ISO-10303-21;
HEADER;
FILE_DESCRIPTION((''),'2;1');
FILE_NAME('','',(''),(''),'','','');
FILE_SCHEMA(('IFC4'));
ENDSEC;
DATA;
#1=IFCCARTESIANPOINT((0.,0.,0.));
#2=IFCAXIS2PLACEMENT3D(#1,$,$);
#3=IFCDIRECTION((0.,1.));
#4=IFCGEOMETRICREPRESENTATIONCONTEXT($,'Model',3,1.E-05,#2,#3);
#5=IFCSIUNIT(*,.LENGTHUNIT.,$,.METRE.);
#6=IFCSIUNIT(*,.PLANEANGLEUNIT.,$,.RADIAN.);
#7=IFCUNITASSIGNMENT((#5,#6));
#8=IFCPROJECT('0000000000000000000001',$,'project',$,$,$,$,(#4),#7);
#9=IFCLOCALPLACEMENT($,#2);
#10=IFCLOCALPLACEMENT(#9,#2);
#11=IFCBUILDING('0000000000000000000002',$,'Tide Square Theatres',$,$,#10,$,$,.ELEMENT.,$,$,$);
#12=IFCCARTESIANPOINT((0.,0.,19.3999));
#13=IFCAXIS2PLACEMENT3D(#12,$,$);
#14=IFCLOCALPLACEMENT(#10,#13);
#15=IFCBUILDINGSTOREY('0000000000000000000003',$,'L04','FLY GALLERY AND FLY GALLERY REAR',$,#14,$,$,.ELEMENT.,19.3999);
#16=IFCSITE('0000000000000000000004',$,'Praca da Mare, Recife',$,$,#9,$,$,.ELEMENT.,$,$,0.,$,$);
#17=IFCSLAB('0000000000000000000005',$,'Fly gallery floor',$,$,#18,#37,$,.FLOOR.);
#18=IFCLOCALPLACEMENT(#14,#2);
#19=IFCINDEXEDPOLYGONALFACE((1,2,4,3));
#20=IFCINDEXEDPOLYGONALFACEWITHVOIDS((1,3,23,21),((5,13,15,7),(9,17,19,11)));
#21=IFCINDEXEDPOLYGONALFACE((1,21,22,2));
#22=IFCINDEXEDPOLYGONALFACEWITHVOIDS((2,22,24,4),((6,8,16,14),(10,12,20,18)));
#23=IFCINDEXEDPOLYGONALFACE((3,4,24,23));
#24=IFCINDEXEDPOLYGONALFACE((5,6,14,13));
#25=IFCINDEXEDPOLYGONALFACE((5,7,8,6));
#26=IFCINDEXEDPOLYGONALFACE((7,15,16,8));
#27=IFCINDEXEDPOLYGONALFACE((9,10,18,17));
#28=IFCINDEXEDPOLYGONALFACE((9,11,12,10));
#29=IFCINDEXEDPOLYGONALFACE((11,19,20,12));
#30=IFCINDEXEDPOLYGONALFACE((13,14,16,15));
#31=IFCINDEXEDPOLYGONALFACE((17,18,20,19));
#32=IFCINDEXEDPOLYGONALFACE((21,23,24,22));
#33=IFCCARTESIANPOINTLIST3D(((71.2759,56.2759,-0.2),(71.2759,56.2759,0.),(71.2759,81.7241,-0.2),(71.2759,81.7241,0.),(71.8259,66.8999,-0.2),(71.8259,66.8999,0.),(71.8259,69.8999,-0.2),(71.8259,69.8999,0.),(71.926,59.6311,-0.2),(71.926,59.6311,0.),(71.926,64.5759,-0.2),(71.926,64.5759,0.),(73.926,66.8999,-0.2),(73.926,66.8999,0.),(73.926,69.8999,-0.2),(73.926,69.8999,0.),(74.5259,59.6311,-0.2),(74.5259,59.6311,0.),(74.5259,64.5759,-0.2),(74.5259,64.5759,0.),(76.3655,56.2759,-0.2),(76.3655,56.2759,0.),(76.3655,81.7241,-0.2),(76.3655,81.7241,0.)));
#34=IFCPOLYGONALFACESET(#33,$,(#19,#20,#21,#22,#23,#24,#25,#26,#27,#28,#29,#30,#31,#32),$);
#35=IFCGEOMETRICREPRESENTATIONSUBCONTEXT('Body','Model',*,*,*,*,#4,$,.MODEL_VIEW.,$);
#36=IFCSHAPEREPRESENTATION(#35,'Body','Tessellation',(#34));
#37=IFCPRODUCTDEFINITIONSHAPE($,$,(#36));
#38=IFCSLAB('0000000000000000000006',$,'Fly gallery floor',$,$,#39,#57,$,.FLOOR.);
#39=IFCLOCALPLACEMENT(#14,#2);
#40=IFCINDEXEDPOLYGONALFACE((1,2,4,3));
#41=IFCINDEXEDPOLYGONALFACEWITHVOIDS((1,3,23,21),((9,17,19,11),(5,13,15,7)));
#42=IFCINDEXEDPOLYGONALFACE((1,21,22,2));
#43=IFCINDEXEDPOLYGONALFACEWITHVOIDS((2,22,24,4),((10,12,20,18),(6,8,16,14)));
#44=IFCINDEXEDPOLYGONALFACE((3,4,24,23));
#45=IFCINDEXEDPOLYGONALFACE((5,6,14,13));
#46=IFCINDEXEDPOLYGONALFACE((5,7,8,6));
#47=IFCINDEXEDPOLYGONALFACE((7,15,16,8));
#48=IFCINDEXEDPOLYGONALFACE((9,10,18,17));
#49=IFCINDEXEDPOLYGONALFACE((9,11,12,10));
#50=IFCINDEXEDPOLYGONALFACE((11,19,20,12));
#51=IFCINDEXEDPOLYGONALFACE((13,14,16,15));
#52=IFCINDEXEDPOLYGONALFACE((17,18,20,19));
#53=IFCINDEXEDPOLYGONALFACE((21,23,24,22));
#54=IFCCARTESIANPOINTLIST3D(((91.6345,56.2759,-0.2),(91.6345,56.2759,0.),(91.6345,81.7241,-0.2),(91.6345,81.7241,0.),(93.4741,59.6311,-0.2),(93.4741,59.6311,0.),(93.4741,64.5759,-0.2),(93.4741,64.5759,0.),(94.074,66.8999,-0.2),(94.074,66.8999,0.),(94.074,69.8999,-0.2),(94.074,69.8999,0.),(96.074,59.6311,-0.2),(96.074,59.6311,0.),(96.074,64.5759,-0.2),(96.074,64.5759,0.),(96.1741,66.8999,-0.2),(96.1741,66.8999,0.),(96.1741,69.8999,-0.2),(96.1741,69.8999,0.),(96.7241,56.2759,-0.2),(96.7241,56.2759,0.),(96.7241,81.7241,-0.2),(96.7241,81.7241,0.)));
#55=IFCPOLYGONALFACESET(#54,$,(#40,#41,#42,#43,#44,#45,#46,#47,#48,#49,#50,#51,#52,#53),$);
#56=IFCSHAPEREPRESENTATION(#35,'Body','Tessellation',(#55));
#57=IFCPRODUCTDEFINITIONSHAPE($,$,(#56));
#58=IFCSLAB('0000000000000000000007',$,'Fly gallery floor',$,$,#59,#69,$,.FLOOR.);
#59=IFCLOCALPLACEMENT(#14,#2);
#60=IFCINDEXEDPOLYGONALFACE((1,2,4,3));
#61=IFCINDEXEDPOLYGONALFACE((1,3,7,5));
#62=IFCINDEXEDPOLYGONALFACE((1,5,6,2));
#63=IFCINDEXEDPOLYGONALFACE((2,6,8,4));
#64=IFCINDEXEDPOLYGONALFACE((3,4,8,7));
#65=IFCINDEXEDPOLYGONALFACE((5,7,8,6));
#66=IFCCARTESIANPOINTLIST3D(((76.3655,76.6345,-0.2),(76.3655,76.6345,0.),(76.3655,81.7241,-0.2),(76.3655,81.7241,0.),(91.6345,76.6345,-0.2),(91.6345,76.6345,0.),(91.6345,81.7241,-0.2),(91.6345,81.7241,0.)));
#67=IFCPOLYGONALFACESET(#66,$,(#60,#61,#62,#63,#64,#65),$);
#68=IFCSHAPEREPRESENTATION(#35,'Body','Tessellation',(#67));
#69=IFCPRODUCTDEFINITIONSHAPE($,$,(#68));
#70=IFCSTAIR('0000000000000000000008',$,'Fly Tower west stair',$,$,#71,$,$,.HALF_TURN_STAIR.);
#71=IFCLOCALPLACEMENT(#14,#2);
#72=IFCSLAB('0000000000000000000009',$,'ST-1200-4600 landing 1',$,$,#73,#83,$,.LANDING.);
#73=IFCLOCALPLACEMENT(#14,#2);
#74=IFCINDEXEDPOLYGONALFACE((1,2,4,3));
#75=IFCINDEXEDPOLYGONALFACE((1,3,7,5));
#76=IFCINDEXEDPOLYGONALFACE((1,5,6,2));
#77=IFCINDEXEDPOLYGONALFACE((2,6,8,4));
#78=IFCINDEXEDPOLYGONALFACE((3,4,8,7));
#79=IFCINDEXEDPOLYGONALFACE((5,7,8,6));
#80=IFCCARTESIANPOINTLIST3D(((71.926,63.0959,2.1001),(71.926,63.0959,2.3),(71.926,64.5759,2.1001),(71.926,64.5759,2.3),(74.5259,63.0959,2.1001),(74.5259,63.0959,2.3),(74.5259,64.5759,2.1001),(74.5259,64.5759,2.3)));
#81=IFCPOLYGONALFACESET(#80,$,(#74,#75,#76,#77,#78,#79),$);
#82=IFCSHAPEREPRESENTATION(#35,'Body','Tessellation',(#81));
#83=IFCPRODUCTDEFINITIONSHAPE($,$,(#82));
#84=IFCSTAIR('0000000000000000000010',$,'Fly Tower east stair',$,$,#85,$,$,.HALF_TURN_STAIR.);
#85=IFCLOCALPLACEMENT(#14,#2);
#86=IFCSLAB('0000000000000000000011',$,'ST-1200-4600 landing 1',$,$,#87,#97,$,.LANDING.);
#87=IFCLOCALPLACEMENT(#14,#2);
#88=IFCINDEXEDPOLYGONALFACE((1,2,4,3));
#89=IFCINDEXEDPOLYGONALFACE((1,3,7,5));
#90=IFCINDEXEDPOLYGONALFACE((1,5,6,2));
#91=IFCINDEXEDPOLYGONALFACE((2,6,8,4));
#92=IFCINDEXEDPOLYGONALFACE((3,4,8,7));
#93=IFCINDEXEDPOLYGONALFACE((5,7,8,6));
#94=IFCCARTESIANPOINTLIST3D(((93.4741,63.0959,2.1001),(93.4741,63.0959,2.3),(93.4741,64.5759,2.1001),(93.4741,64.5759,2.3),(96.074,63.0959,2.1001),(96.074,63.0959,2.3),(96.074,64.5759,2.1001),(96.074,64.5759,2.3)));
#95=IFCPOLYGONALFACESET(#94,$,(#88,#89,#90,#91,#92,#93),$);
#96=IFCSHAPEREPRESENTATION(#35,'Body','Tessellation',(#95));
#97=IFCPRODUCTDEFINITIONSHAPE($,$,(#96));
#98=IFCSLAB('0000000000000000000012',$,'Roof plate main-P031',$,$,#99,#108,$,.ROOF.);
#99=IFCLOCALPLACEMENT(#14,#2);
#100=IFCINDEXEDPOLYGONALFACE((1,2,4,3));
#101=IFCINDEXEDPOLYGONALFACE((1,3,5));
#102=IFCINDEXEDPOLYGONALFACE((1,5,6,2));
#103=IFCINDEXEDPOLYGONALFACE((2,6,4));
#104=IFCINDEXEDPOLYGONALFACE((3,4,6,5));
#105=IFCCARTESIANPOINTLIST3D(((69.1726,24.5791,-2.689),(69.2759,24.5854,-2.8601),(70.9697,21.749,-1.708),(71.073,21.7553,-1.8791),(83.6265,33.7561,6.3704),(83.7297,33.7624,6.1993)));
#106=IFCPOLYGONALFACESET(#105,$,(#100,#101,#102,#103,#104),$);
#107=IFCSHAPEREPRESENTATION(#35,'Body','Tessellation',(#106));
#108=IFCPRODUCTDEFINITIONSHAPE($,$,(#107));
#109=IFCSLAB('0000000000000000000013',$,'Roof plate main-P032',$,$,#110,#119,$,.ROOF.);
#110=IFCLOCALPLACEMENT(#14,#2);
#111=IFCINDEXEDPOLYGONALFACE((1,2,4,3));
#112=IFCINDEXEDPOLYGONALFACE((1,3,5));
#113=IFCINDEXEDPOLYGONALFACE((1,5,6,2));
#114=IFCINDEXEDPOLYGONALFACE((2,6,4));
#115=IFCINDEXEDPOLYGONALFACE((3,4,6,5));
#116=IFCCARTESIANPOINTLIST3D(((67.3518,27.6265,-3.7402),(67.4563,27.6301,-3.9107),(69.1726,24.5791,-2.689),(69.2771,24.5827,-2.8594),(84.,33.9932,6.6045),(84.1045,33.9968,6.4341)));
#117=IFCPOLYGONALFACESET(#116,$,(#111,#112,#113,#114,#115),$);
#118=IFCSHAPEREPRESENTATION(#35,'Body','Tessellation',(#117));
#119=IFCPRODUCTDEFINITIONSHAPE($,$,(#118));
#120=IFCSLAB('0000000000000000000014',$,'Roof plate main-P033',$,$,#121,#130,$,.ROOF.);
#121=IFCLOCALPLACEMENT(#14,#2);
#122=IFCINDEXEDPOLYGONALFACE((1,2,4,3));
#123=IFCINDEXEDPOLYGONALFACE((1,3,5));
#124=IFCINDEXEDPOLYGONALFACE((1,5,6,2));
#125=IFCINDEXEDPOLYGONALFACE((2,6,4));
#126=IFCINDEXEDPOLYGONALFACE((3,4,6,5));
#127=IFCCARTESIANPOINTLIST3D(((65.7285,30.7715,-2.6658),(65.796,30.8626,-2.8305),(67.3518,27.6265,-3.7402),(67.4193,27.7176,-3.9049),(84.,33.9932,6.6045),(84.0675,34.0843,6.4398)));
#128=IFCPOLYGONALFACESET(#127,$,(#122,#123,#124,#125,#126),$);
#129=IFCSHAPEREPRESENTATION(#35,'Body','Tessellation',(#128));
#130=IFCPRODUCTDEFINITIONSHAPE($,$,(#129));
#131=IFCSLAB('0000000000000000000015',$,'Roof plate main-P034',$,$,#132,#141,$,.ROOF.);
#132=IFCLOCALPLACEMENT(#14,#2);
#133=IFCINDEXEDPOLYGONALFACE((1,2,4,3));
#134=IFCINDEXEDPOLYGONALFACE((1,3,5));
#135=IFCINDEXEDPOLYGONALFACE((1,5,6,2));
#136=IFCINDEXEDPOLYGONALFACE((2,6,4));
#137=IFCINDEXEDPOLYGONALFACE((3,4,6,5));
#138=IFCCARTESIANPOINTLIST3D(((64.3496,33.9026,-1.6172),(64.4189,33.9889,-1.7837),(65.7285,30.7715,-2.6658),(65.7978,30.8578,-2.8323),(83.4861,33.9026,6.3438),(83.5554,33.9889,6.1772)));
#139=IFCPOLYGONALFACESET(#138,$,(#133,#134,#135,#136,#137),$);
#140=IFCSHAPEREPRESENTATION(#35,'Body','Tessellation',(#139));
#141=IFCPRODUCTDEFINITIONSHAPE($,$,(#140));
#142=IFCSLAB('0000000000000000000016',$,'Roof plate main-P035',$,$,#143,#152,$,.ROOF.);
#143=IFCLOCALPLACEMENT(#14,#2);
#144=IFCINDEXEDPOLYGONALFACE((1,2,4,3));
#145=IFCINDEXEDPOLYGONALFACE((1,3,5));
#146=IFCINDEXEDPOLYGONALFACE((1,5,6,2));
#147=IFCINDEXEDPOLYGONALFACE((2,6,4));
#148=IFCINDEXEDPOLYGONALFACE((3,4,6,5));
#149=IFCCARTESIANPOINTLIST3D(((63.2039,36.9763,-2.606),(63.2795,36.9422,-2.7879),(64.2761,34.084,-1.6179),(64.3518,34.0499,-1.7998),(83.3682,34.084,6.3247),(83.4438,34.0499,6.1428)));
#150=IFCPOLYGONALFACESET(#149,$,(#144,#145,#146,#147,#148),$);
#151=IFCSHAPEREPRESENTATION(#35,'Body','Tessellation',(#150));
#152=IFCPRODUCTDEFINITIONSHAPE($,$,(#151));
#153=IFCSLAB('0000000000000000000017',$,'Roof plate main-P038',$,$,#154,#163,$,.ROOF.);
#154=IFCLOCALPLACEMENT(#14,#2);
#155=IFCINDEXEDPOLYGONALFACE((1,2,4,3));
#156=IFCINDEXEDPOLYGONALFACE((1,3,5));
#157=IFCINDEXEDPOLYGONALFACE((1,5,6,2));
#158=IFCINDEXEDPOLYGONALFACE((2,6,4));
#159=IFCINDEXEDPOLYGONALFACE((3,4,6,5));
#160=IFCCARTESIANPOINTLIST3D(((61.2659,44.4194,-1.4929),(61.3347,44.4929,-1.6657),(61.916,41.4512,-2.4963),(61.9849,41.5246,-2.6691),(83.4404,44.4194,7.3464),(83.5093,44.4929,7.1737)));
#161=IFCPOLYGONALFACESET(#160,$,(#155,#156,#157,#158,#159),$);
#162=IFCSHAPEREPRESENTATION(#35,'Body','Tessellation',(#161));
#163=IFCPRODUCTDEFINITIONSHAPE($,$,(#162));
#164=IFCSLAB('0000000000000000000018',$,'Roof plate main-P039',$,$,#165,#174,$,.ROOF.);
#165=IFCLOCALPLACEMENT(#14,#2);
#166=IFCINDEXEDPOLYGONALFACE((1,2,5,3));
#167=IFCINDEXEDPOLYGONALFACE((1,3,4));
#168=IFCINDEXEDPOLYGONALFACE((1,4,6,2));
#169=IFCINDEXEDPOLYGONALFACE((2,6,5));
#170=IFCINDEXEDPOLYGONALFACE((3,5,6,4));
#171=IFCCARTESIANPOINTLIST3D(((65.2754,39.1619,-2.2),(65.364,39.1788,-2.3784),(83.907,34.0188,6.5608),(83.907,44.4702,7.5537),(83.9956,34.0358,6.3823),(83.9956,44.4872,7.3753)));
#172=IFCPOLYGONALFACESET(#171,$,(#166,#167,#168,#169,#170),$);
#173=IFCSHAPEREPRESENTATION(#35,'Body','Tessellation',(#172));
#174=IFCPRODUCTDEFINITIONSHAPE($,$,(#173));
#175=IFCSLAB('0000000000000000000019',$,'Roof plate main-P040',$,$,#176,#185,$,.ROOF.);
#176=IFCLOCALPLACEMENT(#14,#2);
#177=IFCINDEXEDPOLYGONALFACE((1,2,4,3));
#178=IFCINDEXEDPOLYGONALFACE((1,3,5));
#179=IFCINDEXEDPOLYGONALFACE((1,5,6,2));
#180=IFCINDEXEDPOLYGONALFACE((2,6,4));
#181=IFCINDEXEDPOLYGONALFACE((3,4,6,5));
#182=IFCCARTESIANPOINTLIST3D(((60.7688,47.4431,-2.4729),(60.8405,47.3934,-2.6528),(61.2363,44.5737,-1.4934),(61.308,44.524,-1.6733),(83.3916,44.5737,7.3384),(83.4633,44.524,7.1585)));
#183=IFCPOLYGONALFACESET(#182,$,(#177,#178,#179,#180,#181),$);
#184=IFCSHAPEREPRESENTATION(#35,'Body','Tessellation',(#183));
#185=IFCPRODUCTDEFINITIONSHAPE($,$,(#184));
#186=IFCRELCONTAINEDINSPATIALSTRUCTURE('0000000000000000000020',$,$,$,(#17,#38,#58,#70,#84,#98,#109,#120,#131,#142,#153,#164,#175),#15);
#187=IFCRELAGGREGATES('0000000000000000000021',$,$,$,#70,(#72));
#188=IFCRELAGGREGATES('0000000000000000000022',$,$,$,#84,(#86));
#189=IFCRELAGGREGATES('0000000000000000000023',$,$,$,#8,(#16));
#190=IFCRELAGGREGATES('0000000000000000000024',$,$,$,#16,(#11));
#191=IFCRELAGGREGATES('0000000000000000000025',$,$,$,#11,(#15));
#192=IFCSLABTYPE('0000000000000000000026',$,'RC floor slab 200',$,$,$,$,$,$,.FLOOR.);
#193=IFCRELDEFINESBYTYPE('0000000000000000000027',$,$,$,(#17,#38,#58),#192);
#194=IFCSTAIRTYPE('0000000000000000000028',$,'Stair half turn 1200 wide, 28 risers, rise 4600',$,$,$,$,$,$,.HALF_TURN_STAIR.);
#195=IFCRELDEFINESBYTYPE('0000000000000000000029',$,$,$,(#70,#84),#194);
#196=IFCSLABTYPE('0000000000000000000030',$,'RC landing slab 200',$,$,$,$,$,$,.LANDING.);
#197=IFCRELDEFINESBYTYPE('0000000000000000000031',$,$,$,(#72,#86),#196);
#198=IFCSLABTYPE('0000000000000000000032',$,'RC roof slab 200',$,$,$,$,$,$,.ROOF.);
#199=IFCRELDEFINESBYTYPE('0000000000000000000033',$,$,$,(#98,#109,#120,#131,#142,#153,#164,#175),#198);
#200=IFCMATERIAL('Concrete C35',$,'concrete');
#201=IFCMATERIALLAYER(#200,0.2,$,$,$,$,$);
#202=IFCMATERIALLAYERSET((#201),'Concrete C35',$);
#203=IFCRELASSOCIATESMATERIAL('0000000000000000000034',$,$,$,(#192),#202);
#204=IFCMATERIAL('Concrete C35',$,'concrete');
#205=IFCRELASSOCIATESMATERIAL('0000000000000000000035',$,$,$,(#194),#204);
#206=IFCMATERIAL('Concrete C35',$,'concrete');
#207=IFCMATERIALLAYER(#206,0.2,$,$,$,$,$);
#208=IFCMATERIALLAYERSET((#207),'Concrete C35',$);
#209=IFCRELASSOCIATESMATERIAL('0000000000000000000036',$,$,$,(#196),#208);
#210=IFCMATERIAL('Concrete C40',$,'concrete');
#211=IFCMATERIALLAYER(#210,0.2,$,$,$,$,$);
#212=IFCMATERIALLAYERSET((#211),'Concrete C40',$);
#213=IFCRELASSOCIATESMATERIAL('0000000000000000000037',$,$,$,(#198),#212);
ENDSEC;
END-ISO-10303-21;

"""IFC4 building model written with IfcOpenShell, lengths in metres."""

from ifc_helpers import new_model, si_unit, direction, frame, origin, place, context, subcontext, project, spatial, polyline, outline, extrude, material, layer, layer_set, type_object, element, aggregate, save


model = new_model("IFC4")

# Units and contexts
model_context = context("Model", 3, precision=1e-05, world=origin(), true_north=direction((0.0, 1.0)))
body_context = subcontext(model_context, "Body", "Model", "MODEL_VIEW")
ifc_project = project(units=[si_unit("LENGTHUNIT", "METRE"), si_unit("PLANEANGLEUNIT", "RADIAN")], contexts=[model_context])

# Site, building, storey
site_placement = place(None, origin())
site = spatial("IfcSite", under=ifc_project, at=site_placement, Name="Praca da Mare, Recife", CompositionType="ELEMENT", RefElevation=0.0)
building_placement = place(site_placement, origin())
building = spatial("IfcBuilding", under=site, at=building_placement, Name="Tide Square Theatres", CompositionType="ELEMENT")
storey_placement = place(building_placement, frame((0.0, 0.0, 19.3999)))
storey = spatial("IfcBuildingStorey", under=building, at=storey_placement, Name="L04", Description="FLY GALLERY AND FLY GALLERY REAR", CompositionType="ELEMENT", Elevation=19.3999)

# Slabs
ifc_material_1 = material(Name="Concrete C35", Category="concrete")
ifc_layer_1 = layer(ifc_material_1, 0.2)
ifc_layer_set_1 = layer_set([ifc_layer_1], Name="Concrete C35")
slab_type_1 = type_object("IfcSlabType", Name="RC floor slab 200", PredefinedType="FLOOR", material=ifc_layer_set_1)
slab_1_placement = place(storey_placement, frame((0.0, 0.0, -0.2)))
element("IfcSlab", 1, at=slab_1_placement, inside=storey, type_object=slab_type_1, Name="Fly gallery floor", PredefinedType="FLOOR", context=body_context, shape_type="SweptSolid", body=[
    extrude(outline(polyline([(76.3655, 56.2759), (76.3655, 81.7241), (71.2759, 81.7241), (71.2759, 56.2759), (76.3655, 56.2759)]), holes=[polyline([(71.926, 59.6311), (74.5259, 59.6311), (74.5259, 64.5759), (71.926, 64.5759), (71.926, 59.6311)]), polyline([(71.8259, 66.8999), (73.926, 66.8999), (73.926, 69.8999), (71.8259, 69.8999), (71.8259, 66.8999)])]), origin(), (0.0, 0.0, 1.0), 0.2),
])
slab_2_placement = place(storey_placement, frame((0.0, 0.0, -0.2)))
element("IfcSlab", 2, at=slab_2_placement, inside=storey, type_object=slab_type_1, Name="Fly gallery floor", PredefinedType="FLOOR", context=body_context, shape_type="SweptSolid", body=[
    extrude(outline(polyline([(96.7241, 56.2759), (96.7241, 81.7241), (91.6345, 81.7241), (91.6345, 56.2759), (96.7241, 56.2759)]), holes=[polyline([(93.4741, 59.6311), (96.074, 59.6311), (96.074, 64.5759), (93.4741, 64.5759), (93.4741, 59.6311)]), polyline([(94.074, 66.8999), (96.1741, 66.8999), (96.1741, 69.8999), (94.074, 69.8999), (94.074, 66.8999)])]), origin(), (0.0, 0.0, 1.0), 0.2),
])
slab_3_placement = place(storey_placement, frame((0.0, 0.0, -0.2)))
element("IfcSlab", 3, at=slab_3_placement, inside=storey, type_object=slab_type_1, Name="Fly gallery floor", PredefinedType="FLOOR", context=body_context, shape_type="SweptSolid", body=[
    extrude(outline(polyline([(91.6345, 76.6345), (91.6345, 81.7241), (76.3655, 81.7241), (76.3655, 76.6345), (91.6345, 76.6345)])), origin(), (0.0, 0.0, 1.0), 0.2),
])

# Stairs, slabs
ifc_material_2 = material(Name="Concrete C35", Category="concrete")
stair_type = type_object("IfcStairType", Name="Stair half turn 1200 wide, 28 risers, rise 4600", PredefinedType="HALF_TURN_STAIR", material=ifc_material_2)
stair_1_placement = place(storey_placement, origin())
stair_1 = element("IfcStair", 4, at=stair_1_placement, inside=storey, type_object=stair_type, Name="Fly Tower west stair", PredefinedType="HALF_TURN_STAIR")
ifc_material_3 = material(Name="Concrete C35", Category="concrete")
ifc_layer_2 = layer(ifc_material_3, 0.2)
ifc_layer_set_2 = layer_set([ifc_layer_2], Name="Concrete C35")
slab_type_2 = type_object("IfcSlabType", Name="RC landing slab 200", PredefinedType="LANDING", material=ifc_layer_set_2)
slab_4_placement = place(storey_placement, frame((0.0, 0.0, 2.1001)))
slab_4 = element("IfcSlab", 5, at=slab_4_placement, type_object=slab_type_2, Name="ST-1200-4600 landing 1", PredefinedType="LANDING", context=body_context, shape_type="SweptSolid", body=[
    extrude(outline(polyline([(74.5259, 63.0959), (74.5259, 64.5759), (71.926, 64.5759), (71.926, 63.0959), (74.5259, 63.0959)])), origin(), (0.0, 0.0, 1.0), 0.2),
])
aggregate(stair_1, [slab_4])
stair_2_placement = place(storey_placement, origin())
stair_2 = element("IfcStair", 6, at=stair_2_placement, inside=storey, type_object=stair_type, Name="Fly Tower east stair", PredefinedType="HALF_TURN_STAIR")
slab_5_placement = place(storey_placement, frame((0.0, 0.0, 2.1001)))
slab_5 = element("IfcSlab", 7, at=slab_5_placement, type_object=slab_type_2, Name="ST-1200-4600 landing 1", PredefinedType="LANDING", context=body_context, shape_type="SweptSolid", body=[
    extrude(outline(polyline([(96.074, 63.0959), (96.074, 64.5759), (93.4741, 64.5759), (93.4741, 63.0959), (96.074, 63.0959)])), origin(), (0.0, 0.0, 1.0), 0.2),
])
aggregate(stair_2, [slab_5])

# Slabs
ifc_material_4 = material(Name="Concrete C40", Category="concrete")
ifc_layer_3 = layer(ifc_material_4, 0.2)
ifc_layer_set_3 = layer_set([ifc_layer_3], Name="Concrete C40")
slab_type_3 = type_object("IfcSlabType", Name="RC roof slab 200", PredefinedType="ROOF", material=ifc_layer_set_3)
slab_6_placement = place(storey_placement, frame((69.1726, 24.5791, -2.689), z_axis=(-0.516458, -0.03134, 0.855739), x_axis=(0.514487, -0.810207, 0.280833)))
element("IfcSlab", 8, at=slab_6_placement, inside=storey, type_object=slab_type_3, Name="Roof plate main-P031", PredefinedType="ROOF", context=body_context, shape_type="SweptSolid", body=[
    extrude(outline(polyline([(0.0, 0.0), (3.493, 0.0), (2.5452, 19.2022), (0.0, 0.0)])), origin(), (0.0, 0.0, -1.0), 0.2),
])
slab_7_placement = place(storey_placement, frame((69.1726, 24.5791, -2.689), z_axis=(-0.522651, -0.018243, 0.852351), x_axis=(0.746194, 0.473766, 0.467697)))
element("IfcSlab", 9, at=slab_7_placement, inside=storey, type_object=slab_type_3, Name="Roof plate main-P032", PredefinedType="ROOF", context=body_context, shape_type="SweptSolid", body=[
    extrude(outline(polyline([(0.0, 0.0), (19.8707, 0.0), (-0.4066, 3.6799), (0.0, 0.0)])), origin(), (0.0, 0.0, -1.0), 0.2),
])
slab_8_placement = place(storey_placement, frame((67.3518, 27.6265, -3.7402), z_axis=(-0.337565, -0.455634, 0.823679), x_axis=(0.807831, 0.308935, 0.501964)))
element("IfcSlab", 10, at=slab_8_placement, inside=storey, type_object=slab_type_3, Name="Roof plate main-P033", PredefinedType="ROOF", context=body_context, shape_type="SweptSolid", body=[
    extrude(outline(polyline([(0.0, 0.0), (20.6085, 0.0), (0.1996, 3.6934), (0.0, 0.0)])), origin(), (0.0, 0.0, -1.0), 0.2),
])
slab_9_placement = place(storey_placement, frame((65.7285, 30.7715, -2.6658), z_axis=(-0.346495, -0.431526, 0.832903), x_axis=(0.880961, 0.155335, 0.446966)))
element("IfcSlab", 11, at=slab_9_placement, inside=storey, type_object=slab_type_3, Name="Roof plate main-P034", PredefinedType="ROOF", context=body_context, shape_type="SweptSolid", body=[
    extrude(outline(polyline([(0.0, 0.0), (20.157, 0.0), (-0.2597, 3.5689), (0.0, 0.0)])), origin(), (0.0, 0.0, -1.0), 0.2),
])
slab_10_placement = place(storey_placement, frame((63.2039, 36.9763, -2.606), z_axis=(-0.378483, 0.170471, 0.909775), x_axis=(0.331041, -0.892952, 0.305037)))
element("IfcSlab", 12, at=slab_10_placement, inside=storey, type_object=slab_type_3, Name="Roof plate main-P035", PredefinedType="ROOF", context=body_context, shape_type="SweptSolid", body=[
    extrude(outline(polyline([(0.0, 0.0), (3.2391, 0.0), (11.9821, 18.739), (0.0, 0.0)])), origin(), (0.0, 0.0, -1.0), 0.2),
])
slab_11_placement = place(storey_placement, frame((61.916, 41.4512, -2.4963), z_axis=(-0.344382, -0.367479, 0.863922), x_axis=(0.902357, 0.124437, 0.412634)))
element("IfcSlab", 13, at=slab_11_placement, inside=storey, type_object=slab_type_3, Name="Roof plate main-P038", PredefinedType="ROOF", context=body_context, shape_type="SweptSolid", body=[
    extrude(outline(polyline([(0.0, 0.0), (23.8535, 0.0), (0.1967, 3.194), (0.0, 0.0)])), origin(), (0.0, 0.0, -1.0), 0.2),
])
slab_12_placement = place(storey_placement, frame((65.2754, 39.1619, -2.2), z_axis=(-0.443055, -0.084788, 0.892476), x_axis=(0.877972, -0.242355, 0.41283)))
element("IfcSlab", 14, at=slab_12_placement, inside=storey, type_object=slab_type_3, Name="Roof plate main-P039", PredefinedType="ROOF", context=body_context, shape_type="SweptSolid", body=[
    extrude(outline(polyline([(0.0, 0.0), (21.2212, 0.0), (19.0981, 10.2816), (0.0, 0.0)])), origin(), (0.0, 0.0, -1.0), 0.2),
])
slab_13_placement = place(storey_placement, frame((60.7688, 47.4431, -2.4729), z_axis=(-0.358661, 0.248692, 0.89973), x_axis=(0.152399, -0.935325, 0.319282)))
element("IfcSlab", 15, at=slab_13_placement, inside=storey, type_object=slab_type_3, Name="Roof plate main-P040", PredefinedType="ROOF", context=body_context, shape_type="SweptSolid", body=[
    extrude(outline(polyline([(0.0, 0.0), (3.0678, 0.0), (9.2641, 23.0318), (0.0, 0.0)])), origin(), (0.0, 0.0, -1.0), 0.2),
])

save(model, "model.ifc")
